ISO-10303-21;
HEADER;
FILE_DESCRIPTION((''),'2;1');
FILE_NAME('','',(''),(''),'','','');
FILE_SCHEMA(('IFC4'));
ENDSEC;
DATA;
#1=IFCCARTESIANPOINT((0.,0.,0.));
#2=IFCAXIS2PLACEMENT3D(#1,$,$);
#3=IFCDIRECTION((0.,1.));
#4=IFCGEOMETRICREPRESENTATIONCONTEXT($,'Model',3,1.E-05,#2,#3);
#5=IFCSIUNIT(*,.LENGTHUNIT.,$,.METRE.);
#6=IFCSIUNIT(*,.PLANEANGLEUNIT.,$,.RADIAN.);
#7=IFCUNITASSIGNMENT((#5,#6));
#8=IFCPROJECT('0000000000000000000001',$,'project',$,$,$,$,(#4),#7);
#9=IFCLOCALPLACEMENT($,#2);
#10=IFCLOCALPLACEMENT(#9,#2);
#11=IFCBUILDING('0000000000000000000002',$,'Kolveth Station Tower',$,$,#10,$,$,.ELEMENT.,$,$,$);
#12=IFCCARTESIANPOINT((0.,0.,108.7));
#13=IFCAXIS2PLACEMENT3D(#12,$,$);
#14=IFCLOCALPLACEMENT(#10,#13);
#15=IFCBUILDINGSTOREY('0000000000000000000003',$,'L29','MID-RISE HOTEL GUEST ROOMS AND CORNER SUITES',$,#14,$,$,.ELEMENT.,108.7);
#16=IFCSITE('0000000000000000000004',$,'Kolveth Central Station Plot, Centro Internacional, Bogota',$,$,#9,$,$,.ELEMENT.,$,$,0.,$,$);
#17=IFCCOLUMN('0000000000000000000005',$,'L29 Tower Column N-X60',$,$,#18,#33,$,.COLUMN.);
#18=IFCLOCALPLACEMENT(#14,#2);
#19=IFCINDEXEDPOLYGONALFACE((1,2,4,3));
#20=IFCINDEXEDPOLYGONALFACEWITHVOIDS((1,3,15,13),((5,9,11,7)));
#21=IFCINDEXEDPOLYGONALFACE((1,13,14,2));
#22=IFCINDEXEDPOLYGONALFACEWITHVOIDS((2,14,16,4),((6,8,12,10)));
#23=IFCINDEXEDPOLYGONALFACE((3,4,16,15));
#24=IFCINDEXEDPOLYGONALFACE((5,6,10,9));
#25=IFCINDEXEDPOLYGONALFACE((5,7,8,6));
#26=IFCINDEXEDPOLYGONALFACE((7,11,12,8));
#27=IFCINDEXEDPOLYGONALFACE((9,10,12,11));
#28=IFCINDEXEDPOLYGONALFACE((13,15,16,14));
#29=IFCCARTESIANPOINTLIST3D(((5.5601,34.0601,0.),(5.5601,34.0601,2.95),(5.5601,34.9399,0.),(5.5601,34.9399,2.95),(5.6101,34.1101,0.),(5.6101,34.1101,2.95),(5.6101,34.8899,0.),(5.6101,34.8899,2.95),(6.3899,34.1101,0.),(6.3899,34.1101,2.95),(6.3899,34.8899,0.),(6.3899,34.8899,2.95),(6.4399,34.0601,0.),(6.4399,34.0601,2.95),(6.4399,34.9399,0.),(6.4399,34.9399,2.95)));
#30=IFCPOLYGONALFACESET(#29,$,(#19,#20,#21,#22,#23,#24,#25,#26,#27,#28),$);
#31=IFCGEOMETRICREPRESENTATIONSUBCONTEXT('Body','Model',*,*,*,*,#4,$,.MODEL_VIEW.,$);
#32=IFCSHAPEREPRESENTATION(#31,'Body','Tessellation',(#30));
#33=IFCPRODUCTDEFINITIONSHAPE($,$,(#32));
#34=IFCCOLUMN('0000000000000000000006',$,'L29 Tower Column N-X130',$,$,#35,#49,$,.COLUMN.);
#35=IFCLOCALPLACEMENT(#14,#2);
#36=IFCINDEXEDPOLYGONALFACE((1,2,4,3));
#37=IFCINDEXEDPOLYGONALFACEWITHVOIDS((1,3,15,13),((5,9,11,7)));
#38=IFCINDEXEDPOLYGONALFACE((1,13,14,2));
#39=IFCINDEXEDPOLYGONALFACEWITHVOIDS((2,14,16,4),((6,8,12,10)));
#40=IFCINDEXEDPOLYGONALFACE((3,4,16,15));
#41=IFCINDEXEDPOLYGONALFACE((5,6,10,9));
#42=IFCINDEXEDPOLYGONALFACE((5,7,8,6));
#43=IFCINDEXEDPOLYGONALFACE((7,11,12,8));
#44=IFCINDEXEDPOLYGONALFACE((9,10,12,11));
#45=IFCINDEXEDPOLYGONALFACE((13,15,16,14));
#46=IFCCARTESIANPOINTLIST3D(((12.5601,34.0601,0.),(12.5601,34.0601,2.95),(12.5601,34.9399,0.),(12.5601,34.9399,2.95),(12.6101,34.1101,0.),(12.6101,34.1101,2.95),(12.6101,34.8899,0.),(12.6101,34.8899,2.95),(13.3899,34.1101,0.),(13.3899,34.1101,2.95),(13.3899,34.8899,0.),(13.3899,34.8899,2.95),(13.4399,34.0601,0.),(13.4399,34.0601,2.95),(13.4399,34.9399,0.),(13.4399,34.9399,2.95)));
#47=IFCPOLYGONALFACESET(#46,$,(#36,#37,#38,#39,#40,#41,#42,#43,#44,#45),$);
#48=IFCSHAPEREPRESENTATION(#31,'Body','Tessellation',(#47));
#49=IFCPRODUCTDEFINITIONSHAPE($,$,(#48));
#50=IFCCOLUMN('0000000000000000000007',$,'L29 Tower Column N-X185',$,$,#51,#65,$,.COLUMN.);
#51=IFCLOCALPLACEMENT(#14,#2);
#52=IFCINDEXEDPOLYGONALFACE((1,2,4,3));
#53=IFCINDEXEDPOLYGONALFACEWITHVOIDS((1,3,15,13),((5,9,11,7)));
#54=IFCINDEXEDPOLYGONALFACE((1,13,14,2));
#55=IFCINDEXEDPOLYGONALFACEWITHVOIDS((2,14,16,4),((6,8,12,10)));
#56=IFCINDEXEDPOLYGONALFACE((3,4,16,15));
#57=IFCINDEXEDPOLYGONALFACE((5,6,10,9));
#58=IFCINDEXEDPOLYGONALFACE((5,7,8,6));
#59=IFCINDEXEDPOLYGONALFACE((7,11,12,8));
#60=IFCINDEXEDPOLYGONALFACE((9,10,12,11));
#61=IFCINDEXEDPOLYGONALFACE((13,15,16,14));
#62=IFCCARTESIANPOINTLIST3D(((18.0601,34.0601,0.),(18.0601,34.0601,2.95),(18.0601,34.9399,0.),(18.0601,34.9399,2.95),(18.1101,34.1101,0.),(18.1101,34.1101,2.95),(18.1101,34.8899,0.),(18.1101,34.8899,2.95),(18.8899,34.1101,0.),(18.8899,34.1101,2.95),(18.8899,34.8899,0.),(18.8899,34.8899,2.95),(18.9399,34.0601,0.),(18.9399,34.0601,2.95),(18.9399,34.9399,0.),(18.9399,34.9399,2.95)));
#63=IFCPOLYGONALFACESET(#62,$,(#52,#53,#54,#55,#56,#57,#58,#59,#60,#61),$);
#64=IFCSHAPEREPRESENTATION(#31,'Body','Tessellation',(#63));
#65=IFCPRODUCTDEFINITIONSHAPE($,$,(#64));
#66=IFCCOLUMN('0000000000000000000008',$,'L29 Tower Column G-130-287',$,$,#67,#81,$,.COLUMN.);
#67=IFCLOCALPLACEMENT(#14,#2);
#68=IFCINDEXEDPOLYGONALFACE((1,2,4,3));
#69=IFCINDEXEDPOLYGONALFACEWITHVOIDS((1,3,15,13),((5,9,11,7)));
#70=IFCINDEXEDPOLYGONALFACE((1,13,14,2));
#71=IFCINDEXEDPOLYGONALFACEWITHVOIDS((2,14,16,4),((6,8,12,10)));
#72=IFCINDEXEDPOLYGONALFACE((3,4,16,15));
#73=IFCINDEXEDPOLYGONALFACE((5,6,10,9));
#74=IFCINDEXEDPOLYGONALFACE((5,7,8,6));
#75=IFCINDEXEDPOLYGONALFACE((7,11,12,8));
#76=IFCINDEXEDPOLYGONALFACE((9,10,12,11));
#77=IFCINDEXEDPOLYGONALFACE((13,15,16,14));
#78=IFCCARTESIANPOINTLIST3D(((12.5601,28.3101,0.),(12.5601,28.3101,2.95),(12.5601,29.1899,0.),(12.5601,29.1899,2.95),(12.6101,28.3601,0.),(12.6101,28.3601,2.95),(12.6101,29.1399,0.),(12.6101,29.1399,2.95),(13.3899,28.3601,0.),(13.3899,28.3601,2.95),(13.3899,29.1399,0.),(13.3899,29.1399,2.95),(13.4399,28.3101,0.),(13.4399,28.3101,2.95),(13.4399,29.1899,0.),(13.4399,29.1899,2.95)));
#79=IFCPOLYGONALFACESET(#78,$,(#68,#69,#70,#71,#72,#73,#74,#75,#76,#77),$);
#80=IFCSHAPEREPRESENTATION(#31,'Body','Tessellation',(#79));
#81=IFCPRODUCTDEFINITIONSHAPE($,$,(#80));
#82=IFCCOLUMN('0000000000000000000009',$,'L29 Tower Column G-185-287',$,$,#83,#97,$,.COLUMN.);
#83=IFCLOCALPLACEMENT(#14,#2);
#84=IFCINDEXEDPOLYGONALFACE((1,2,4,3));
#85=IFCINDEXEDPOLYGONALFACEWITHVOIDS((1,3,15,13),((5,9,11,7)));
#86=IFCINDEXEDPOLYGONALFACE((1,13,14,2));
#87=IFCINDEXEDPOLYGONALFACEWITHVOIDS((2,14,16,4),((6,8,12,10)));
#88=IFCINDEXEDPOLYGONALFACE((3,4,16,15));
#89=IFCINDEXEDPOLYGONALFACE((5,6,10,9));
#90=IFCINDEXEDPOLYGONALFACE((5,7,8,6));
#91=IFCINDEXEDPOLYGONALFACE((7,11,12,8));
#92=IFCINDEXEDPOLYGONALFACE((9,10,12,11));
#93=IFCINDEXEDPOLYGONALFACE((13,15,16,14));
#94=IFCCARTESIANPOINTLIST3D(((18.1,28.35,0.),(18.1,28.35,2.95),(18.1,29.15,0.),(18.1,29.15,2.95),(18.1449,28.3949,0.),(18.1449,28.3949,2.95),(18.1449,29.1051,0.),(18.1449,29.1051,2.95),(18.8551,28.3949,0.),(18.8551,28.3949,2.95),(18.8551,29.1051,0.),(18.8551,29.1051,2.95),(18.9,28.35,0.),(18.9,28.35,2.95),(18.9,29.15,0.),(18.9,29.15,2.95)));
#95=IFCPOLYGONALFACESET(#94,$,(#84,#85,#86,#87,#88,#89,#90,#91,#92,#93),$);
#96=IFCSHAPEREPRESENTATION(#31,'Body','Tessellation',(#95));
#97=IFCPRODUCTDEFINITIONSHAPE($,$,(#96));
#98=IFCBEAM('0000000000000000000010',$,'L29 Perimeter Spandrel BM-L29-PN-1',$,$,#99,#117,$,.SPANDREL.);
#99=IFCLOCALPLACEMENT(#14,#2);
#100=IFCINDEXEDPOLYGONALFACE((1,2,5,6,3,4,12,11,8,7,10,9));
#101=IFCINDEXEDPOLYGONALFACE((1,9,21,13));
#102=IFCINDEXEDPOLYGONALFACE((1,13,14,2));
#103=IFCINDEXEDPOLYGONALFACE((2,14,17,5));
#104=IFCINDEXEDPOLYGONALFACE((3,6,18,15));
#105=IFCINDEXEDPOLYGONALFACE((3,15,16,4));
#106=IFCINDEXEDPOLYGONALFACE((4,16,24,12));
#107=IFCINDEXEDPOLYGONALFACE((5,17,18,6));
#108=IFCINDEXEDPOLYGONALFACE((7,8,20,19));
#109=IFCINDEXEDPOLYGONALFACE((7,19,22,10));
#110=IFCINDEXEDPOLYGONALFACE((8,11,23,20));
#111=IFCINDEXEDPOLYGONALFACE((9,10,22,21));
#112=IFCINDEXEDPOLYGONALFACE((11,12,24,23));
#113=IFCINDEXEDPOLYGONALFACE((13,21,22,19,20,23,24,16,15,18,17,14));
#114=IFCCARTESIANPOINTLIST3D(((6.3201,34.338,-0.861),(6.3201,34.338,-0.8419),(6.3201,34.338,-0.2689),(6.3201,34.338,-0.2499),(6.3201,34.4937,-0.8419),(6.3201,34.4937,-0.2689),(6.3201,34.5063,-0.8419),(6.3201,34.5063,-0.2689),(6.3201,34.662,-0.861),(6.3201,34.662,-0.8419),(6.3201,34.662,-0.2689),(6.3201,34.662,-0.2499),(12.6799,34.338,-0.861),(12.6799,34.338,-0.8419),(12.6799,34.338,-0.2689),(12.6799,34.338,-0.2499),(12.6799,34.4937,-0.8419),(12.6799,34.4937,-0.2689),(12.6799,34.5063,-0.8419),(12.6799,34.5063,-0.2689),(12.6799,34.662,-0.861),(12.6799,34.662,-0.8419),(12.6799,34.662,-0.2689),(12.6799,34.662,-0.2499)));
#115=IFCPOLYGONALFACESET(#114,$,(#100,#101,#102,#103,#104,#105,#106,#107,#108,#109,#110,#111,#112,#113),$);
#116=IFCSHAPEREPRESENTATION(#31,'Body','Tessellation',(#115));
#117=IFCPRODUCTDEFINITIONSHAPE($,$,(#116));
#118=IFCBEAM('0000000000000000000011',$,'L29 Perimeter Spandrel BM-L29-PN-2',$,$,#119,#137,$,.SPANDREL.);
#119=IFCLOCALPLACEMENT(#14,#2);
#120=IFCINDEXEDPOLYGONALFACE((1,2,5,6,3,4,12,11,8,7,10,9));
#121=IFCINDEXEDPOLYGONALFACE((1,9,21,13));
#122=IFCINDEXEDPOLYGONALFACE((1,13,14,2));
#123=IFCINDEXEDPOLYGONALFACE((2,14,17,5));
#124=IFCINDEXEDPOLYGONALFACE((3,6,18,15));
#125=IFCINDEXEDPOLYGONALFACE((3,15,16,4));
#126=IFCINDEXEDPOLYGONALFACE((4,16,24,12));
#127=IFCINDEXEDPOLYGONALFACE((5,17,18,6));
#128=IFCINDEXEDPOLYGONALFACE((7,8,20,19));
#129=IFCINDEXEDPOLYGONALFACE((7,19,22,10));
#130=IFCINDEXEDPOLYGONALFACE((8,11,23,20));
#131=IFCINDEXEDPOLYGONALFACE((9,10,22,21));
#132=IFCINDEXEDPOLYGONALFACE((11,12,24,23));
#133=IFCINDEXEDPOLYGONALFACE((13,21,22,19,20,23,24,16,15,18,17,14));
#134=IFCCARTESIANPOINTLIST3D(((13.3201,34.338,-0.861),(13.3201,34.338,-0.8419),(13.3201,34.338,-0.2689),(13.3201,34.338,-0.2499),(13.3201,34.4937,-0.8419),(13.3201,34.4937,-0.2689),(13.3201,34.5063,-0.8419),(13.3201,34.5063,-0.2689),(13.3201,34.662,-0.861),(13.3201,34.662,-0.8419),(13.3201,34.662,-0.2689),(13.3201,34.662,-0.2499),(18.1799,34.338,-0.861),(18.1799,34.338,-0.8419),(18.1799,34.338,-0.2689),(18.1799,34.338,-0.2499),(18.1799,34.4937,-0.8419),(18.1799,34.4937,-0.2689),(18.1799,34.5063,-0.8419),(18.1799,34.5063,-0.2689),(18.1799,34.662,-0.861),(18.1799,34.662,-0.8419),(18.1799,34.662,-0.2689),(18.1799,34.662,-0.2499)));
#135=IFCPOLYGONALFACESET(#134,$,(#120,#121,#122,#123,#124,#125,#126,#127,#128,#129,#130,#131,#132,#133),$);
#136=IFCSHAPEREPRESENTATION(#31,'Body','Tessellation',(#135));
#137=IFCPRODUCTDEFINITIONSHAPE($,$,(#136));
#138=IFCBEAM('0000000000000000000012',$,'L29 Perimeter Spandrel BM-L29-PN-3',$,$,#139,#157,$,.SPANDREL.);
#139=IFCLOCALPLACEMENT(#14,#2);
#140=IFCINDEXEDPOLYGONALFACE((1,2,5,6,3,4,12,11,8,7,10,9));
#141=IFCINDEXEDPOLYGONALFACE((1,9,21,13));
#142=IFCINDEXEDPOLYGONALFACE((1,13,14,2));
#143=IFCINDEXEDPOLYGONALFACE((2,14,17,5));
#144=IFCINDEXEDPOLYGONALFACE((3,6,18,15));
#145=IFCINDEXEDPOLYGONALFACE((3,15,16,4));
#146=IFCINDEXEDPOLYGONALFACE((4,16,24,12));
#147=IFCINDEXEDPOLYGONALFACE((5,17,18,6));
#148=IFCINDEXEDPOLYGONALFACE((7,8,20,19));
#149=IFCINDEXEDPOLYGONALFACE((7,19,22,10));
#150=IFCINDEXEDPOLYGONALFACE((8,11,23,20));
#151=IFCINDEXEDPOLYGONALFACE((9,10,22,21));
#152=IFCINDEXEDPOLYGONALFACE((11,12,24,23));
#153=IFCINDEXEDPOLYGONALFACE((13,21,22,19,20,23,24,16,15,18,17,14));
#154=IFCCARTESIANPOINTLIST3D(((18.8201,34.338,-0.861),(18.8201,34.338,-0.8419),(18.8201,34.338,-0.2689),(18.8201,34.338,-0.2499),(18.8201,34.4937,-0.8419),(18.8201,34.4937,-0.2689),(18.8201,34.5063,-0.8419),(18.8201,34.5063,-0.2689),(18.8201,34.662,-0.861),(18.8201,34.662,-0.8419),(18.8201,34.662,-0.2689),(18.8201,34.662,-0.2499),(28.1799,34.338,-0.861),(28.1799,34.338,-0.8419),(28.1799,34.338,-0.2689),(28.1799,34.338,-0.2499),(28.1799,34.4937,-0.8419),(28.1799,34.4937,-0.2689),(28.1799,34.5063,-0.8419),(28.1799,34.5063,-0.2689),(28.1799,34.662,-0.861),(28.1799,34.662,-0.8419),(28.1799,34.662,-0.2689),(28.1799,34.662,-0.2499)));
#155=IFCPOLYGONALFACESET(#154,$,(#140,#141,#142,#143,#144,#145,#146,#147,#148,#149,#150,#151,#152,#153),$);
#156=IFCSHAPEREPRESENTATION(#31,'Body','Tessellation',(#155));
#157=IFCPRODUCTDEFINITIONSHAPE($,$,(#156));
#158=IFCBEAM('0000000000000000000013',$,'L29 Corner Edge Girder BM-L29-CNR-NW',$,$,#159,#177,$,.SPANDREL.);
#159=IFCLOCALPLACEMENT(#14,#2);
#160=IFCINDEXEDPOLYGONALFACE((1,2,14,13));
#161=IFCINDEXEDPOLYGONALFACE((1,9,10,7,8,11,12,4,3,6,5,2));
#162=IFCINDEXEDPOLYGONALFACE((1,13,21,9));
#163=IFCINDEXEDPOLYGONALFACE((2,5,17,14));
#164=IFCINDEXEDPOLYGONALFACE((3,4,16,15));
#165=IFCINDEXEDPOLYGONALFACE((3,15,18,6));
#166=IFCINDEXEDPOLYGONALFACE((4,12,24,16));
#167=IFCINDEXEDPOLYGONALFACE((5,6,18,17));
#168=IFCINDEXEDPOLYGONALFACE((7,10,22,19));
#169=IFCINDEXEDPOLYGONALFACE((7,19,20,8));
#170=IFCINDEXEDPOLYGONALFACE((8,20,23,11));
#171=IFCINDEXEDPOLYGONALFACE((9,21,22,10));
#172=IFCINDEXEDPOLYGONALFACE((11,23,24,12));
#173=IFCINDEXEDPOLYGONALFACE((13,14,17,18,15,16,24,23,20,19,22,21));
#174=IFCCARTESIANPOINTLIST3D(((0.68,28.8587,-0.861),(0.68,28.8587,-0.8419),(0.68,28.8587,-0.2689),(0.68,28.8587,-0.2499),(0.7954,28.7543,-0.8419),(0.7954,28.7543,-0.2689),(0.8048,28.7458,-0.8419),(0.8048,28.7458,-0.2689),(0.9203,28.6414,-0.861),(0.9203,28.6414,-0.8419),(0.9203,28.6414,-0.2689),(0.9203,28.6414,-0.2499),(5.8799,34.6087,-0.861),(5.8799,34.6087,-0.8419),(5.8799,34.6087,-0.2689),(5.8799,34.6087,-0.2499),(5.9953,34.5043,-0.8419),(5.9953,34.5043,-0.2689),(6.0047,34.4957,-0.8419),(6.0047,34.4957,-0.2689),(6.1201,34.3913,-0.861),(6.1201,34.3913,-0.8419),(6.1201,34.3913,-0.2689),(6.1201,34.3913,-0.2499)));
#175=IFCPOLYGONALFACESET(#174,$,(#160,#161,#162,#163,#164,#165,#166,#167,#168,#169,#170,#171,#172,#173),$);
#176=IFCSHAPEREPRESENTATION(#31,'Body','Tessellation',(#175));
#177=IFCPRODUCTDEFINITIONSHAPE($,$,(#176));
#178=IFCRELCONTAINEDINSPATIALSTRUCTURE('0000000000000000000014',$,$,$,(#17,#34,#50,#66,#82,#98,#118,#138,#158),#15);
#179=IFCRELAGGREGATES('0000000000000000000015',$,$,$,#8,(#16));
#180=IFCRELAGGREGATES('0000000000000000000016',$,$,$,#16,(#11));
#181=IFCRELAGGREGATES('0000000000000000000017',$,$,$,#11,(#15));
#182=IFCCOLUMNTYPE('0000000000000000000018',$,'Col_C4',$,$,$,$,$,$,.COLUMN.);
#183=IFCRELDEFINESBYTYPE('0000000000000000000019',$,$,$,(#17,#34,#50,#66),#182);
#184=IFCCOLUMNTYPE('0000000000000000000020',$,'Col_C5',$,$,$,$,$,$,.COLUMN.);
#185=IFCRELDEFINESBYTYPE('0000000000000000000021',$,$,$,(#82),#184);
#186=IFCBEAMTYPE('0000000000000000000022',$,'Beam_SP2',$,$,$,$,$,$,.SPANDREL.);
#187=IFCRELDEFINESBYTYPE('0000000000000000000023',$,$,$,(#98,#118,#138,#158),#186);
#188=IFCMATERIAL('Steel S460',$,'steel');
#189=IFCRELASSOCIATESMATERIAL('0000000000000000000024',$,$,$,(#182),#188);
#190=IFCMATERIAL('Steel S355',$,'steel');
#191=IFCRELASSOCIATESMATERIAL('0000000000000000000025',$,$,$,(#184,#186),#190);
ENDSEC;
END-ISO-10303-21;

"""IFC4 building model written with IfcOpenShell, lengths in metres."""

from ifc_helpers import new_model, si_unit, direction, frame, origin, origin_2d, place, context, subcontext, project, spatial, hollow_rectangle, i_section, extrude, source, transform, mapped, material, material_profile, profile_set, type_object, element, save


model = new_model("IFC4")

# Units and contexts
model_context = context("Model", 3, precision=1e-05, world=origin(), true_north=direction((0.0, 1.0)))
body_context = subcontext(model_context, "Body", "Model", "MODEL_VIEW")
ifc_project = project(units=[si_unit("LENGTHUNIT", "METRE"), si_unit("PLANEANGLEUNIT", "RADIAN")], contexts=[model_context])

# Site, building, storey
site_placement = place(None, origin())
site = spatial("IfcSite", under=ifc_project, at=site_placement, Name="Kolveth Central Station Plot, Centro Internacional, Bogota", CompositionType="ELEMENT", RefElevation=0.0)
building_placement = place(site_placement, origin())
building = spatial("IfcBuilding", under=site, at=building_placement, Name="Kolveth Station Tower", CompositionType="ELEMENT")
storey_placement = place(building_placement, frame((0.0, 0.0, 108.7)))
storey = spatial("IfcBuildingStorey", under=building, at=storey_placement, Name="L29", Description="MID-RISE HOTEL GUEST ROOMS AND CORNER SUITES", CompositionType="ELEMENT", Elevation=108.7)

# Columns
ifc_material_1 = material(Name="Steel S460", Category="steel")
ifc_material_profile_1 = material_profile(ifc_material_1, hollow_rectangle(XDim=0.8799, YDim=0.8799, WallThickness=0.05, at=origin_2d()), Name="BOX880x880x50")
ifc_profile_set_1 = profile_set([ifc_material_profile_1], Name="Steel S460")
column_type_1 = type_object("IfcColumnType", Name="Col_C4", PredefinedType="COLUMN", material=ifc_profile_set_1)
shared_shape_1 = source(origin(), body_context, "Body", "SweptSolid", [
    extrude(hollow_rectangle(XDim=0.8799, YDim=0.8799, WallThickness=0.05, at=origin_2d()), origin(), (0.0, 0.0, 1.0), 2.95),
])
for number, where, z_axis, x_axis, name in (
    (1, (6.0, 34.5, 0.0), (0.0, 0.0, 1.0), (1.0, 0.0, 0.0), "L29 Tower Column N-X60"),
    (2, (13.0, 34.5, 0.0), (0.0, 0.0, 1.0), (1.0, 0.0, 0.0), "L29 Tower Column N-X130"),
    (3, (18.5, 34.5, 0.0), (0.0, 0.0, 1.0), (1.0, 0.0, 0.0), "L29 Tower Column N-X185"),
    (4, (13.0, 28.75, 0.0), (0.0, 0.0, 1.0), (1.0, 0.0, 0.0), "L29 Tower Column G-130-287"),
):
    element("IfcColumn", number, at=place(storey_placement, frame(where, z_axis=z_axis, x_axis=x_axis)), inside=storey, type_object=column_type_1, Name=name, PredefinedType="COLUMN", context=body_context, shape_type="MappedRepresentation", body=[
        mapped(shared_shape_1, transform((0.0, 0.0, 0.0), x_axis=(1.0, 0.0, 0.0), y_axis=(0.0, 1.0, 0.0), z_axis=(0.0, 0.0, 1.0), scale=1.0)),
    ])
ifc_material_2 = material(Name="Steel S355", Category="steel")
ifc_material_profile_2 = material_profile(ifc_material_2, hollow_rectangle(XDim=0.8, YDim=0.8, WallThickness=0.0449, at=origin_2d()), Name="BOX800x800x45")
ifc_profile_set_2 = profile_set([ifc_material_profile_2], Name="Steel S355")
column_type_2 = type_object("IfcColumnType", Name="Col_C5", PredefinedType="COLUMN", material=ifc_profile_set_2)
shared_shape_2 = source(origin(), body_context, "Body", "SweptSolid", [
    extrude(hollow_rectangle(XDim=0.8, YDim=0.8, WallThickness=0.0449, at=origin_2d()), origin(), (0.0, 0.0, 1.0), 2.95),
])
column_placement = place(storey_placement, frame((18.5, 28.75, 0.0), z_axis=(0.0, 0.0, 1.0), x_axis=(1.0, 0.0, 0.0)))
element("IfcColumn", 5, at=column_placement, inside=storey, type_object=column_type_2, Name="L29 Tower Column G-185-287", PredefinedType="COLUMN", context=body_context, shape_type="MappedRepresentation", body=[
    mapped(shared_shape_2, transform((0.0, 0.0, 0.0), x_axis=(1.0, 0.0, 0.0), y_axis=(0.0, 1.0, 0.0), z_axis=(0.0, 0.0, 1.0), scale=1.0)),
])

# Beams
ifc_material_profile_3 = material_profile(ifc_material_2, i_section(OverallWidth=0.324, OverallDepth=0.6111, WebThickness=0.0127, FlangeThickness=0.019, at=origin_2d()), Name="W610x155")
ifc_profile_set_3 = profile_set([ifc_material_profile_3], Name="Steel S355")
beam_type_1 = type_object("IfcBeamType", Name="Beam_SP2", PredefinedType="SPANDREL", material=ifc_profile_set_3)
shared_shape_3 = source(origin(), body_context, "Body", "SweptSolid", [
    extrude(i_section(OverallWidth=0.324, OverallDepth=0.6111, WebThickness=0.0127, FlangeThickness=0.019, at=origin_2d()), origin(), (0.0, 0.0, 1.0), 6.3599),
])
beam_1_placement = place(storey_placement, frame((6.3201, 34.5, -0.5554), z_axis=(1.0, 0.0, 0.0), x_axis=(0.0, 1.0, 0.0)))
element("IfcBeam", 6, at=beam_1_placement, inside=storey, type_object=beam_type_1, Name="L29 Perimeter Spandrel BM-L29-PN-1", PredefinedType="SPANDREL", context=body_context, shape_type="MappedRepresentation", body=[
    mapped(shared_shape_3, transform((0.0, 0.0, 0.0), x_axis=(1.0, 0.0, 0.0), y_axis=(0.0, 1.0, 0.0), z_axis=(0.0, 0.0, 1.0), scale=1.0)),
])
shared_shape_4 = source(origin(), body_context, "Body", "SweptSolid", [
    extrude(i_section(OverallWidth=0.324, OverallDepth=0.6111, WebThickness=0.0127, FlangeThickness=0.019, at=origin_2d()), origin(), (0.0, 0.0, 1.0), 4.8599),
])
beam_2_placement = place(storey_placement, frame((13.3201, 34.5, -0.5554), z_axis=(1.0, 0.0, 0.0), x_axis=(0.0, 1.0, 0.0)))
element("IfcBeam", 7, at=beam_2_placement, inside=storey, type_object=beam_type_1, Name="L29 Perimeter Spandrel BM-L29-PN-2", PredefinedType="SPANDREL", context=body_context, shape_type="MappedRepresentation", body=[
    mapped(shared_shape_4, transform((0.0, 0.0, 0.0), x_axis=(1.0, 0.0, 0.0), y_axis=(0.0, 1.0, 0.0), z_axis=(0.0, 0.0, 1.0), scale=1.0)),
])
shared_shape_5 = source(origin(), body_context, "Body", "SweptSolid", [
    extrude(i_section(OverallWidth=0.324, OverallDepth=0.6111, WebThickness=0.0127, FlangeThickness=0.019, at=origin_2d()), origin(), (0.0, 0.0, 1.0), 9.3599),
])
beam_3_placement = place(storey_placement, frame((18.8201, 34.5, -0.5554), z_axis=(1.0, 0.0, 0.0), x_axis=(0.0, 1.0, 0.0)))
element("IfcBeam", 8, at=beam_3_placement, inside=storey, type_object=beam_type_1, Name="L29 Perimeter Spandrel BM-L29-PN-3", PredefinedType="SPANDREL", context=body_context, shape_type="MappedRepresentation", body=[
    mapped(shared_shape_5, transform((0.0, 0.0, 0.0), x_axis=(1.0, 0.0, 0.0), y_axis=(0.0, 1.0, 0.0), z_axis=(0.0, 0.0, 1.0), scale=1.0)),
])
shared_shape_6 = source(origin(), body_context, "Body", "SweptSolid", [
    extrude(i_section(OverallWidth=0.324, OverallDepth=0.6111, WebThickness=0.0127, FlangeThickness=0.019, at=origin_2d()), origin(), (0.0, 0.0, 1.0), 7.7524),
])
beam_4_placement = place(storey_placement, frame((6.0, 34.5, -0.5554), z_axis=(-0.670741, -0.741692, 0.0), x_axis=(0.741692, -0.670741, 0.0)))
element("IfcBeam", 9, at=beam_4_placement, inside=storey, type_object=beam_type_1, Name="L29 Corner Edge Girder BM-L29-CNR-NW", PredefinedType="SPANDREL", context=body_context, shape_type="MappedRepresentation", body=[
    mapped(shared_shape_6, transform((0.0, 0.0, 0.0), x_axis=(1.0, 0.0, 0.0), y_axis=(0.0, 1.0, 0.0), z_axis=(0.0, 0.0, 1.0), scale=1.0)),
])

save(model, "model.ifc")
